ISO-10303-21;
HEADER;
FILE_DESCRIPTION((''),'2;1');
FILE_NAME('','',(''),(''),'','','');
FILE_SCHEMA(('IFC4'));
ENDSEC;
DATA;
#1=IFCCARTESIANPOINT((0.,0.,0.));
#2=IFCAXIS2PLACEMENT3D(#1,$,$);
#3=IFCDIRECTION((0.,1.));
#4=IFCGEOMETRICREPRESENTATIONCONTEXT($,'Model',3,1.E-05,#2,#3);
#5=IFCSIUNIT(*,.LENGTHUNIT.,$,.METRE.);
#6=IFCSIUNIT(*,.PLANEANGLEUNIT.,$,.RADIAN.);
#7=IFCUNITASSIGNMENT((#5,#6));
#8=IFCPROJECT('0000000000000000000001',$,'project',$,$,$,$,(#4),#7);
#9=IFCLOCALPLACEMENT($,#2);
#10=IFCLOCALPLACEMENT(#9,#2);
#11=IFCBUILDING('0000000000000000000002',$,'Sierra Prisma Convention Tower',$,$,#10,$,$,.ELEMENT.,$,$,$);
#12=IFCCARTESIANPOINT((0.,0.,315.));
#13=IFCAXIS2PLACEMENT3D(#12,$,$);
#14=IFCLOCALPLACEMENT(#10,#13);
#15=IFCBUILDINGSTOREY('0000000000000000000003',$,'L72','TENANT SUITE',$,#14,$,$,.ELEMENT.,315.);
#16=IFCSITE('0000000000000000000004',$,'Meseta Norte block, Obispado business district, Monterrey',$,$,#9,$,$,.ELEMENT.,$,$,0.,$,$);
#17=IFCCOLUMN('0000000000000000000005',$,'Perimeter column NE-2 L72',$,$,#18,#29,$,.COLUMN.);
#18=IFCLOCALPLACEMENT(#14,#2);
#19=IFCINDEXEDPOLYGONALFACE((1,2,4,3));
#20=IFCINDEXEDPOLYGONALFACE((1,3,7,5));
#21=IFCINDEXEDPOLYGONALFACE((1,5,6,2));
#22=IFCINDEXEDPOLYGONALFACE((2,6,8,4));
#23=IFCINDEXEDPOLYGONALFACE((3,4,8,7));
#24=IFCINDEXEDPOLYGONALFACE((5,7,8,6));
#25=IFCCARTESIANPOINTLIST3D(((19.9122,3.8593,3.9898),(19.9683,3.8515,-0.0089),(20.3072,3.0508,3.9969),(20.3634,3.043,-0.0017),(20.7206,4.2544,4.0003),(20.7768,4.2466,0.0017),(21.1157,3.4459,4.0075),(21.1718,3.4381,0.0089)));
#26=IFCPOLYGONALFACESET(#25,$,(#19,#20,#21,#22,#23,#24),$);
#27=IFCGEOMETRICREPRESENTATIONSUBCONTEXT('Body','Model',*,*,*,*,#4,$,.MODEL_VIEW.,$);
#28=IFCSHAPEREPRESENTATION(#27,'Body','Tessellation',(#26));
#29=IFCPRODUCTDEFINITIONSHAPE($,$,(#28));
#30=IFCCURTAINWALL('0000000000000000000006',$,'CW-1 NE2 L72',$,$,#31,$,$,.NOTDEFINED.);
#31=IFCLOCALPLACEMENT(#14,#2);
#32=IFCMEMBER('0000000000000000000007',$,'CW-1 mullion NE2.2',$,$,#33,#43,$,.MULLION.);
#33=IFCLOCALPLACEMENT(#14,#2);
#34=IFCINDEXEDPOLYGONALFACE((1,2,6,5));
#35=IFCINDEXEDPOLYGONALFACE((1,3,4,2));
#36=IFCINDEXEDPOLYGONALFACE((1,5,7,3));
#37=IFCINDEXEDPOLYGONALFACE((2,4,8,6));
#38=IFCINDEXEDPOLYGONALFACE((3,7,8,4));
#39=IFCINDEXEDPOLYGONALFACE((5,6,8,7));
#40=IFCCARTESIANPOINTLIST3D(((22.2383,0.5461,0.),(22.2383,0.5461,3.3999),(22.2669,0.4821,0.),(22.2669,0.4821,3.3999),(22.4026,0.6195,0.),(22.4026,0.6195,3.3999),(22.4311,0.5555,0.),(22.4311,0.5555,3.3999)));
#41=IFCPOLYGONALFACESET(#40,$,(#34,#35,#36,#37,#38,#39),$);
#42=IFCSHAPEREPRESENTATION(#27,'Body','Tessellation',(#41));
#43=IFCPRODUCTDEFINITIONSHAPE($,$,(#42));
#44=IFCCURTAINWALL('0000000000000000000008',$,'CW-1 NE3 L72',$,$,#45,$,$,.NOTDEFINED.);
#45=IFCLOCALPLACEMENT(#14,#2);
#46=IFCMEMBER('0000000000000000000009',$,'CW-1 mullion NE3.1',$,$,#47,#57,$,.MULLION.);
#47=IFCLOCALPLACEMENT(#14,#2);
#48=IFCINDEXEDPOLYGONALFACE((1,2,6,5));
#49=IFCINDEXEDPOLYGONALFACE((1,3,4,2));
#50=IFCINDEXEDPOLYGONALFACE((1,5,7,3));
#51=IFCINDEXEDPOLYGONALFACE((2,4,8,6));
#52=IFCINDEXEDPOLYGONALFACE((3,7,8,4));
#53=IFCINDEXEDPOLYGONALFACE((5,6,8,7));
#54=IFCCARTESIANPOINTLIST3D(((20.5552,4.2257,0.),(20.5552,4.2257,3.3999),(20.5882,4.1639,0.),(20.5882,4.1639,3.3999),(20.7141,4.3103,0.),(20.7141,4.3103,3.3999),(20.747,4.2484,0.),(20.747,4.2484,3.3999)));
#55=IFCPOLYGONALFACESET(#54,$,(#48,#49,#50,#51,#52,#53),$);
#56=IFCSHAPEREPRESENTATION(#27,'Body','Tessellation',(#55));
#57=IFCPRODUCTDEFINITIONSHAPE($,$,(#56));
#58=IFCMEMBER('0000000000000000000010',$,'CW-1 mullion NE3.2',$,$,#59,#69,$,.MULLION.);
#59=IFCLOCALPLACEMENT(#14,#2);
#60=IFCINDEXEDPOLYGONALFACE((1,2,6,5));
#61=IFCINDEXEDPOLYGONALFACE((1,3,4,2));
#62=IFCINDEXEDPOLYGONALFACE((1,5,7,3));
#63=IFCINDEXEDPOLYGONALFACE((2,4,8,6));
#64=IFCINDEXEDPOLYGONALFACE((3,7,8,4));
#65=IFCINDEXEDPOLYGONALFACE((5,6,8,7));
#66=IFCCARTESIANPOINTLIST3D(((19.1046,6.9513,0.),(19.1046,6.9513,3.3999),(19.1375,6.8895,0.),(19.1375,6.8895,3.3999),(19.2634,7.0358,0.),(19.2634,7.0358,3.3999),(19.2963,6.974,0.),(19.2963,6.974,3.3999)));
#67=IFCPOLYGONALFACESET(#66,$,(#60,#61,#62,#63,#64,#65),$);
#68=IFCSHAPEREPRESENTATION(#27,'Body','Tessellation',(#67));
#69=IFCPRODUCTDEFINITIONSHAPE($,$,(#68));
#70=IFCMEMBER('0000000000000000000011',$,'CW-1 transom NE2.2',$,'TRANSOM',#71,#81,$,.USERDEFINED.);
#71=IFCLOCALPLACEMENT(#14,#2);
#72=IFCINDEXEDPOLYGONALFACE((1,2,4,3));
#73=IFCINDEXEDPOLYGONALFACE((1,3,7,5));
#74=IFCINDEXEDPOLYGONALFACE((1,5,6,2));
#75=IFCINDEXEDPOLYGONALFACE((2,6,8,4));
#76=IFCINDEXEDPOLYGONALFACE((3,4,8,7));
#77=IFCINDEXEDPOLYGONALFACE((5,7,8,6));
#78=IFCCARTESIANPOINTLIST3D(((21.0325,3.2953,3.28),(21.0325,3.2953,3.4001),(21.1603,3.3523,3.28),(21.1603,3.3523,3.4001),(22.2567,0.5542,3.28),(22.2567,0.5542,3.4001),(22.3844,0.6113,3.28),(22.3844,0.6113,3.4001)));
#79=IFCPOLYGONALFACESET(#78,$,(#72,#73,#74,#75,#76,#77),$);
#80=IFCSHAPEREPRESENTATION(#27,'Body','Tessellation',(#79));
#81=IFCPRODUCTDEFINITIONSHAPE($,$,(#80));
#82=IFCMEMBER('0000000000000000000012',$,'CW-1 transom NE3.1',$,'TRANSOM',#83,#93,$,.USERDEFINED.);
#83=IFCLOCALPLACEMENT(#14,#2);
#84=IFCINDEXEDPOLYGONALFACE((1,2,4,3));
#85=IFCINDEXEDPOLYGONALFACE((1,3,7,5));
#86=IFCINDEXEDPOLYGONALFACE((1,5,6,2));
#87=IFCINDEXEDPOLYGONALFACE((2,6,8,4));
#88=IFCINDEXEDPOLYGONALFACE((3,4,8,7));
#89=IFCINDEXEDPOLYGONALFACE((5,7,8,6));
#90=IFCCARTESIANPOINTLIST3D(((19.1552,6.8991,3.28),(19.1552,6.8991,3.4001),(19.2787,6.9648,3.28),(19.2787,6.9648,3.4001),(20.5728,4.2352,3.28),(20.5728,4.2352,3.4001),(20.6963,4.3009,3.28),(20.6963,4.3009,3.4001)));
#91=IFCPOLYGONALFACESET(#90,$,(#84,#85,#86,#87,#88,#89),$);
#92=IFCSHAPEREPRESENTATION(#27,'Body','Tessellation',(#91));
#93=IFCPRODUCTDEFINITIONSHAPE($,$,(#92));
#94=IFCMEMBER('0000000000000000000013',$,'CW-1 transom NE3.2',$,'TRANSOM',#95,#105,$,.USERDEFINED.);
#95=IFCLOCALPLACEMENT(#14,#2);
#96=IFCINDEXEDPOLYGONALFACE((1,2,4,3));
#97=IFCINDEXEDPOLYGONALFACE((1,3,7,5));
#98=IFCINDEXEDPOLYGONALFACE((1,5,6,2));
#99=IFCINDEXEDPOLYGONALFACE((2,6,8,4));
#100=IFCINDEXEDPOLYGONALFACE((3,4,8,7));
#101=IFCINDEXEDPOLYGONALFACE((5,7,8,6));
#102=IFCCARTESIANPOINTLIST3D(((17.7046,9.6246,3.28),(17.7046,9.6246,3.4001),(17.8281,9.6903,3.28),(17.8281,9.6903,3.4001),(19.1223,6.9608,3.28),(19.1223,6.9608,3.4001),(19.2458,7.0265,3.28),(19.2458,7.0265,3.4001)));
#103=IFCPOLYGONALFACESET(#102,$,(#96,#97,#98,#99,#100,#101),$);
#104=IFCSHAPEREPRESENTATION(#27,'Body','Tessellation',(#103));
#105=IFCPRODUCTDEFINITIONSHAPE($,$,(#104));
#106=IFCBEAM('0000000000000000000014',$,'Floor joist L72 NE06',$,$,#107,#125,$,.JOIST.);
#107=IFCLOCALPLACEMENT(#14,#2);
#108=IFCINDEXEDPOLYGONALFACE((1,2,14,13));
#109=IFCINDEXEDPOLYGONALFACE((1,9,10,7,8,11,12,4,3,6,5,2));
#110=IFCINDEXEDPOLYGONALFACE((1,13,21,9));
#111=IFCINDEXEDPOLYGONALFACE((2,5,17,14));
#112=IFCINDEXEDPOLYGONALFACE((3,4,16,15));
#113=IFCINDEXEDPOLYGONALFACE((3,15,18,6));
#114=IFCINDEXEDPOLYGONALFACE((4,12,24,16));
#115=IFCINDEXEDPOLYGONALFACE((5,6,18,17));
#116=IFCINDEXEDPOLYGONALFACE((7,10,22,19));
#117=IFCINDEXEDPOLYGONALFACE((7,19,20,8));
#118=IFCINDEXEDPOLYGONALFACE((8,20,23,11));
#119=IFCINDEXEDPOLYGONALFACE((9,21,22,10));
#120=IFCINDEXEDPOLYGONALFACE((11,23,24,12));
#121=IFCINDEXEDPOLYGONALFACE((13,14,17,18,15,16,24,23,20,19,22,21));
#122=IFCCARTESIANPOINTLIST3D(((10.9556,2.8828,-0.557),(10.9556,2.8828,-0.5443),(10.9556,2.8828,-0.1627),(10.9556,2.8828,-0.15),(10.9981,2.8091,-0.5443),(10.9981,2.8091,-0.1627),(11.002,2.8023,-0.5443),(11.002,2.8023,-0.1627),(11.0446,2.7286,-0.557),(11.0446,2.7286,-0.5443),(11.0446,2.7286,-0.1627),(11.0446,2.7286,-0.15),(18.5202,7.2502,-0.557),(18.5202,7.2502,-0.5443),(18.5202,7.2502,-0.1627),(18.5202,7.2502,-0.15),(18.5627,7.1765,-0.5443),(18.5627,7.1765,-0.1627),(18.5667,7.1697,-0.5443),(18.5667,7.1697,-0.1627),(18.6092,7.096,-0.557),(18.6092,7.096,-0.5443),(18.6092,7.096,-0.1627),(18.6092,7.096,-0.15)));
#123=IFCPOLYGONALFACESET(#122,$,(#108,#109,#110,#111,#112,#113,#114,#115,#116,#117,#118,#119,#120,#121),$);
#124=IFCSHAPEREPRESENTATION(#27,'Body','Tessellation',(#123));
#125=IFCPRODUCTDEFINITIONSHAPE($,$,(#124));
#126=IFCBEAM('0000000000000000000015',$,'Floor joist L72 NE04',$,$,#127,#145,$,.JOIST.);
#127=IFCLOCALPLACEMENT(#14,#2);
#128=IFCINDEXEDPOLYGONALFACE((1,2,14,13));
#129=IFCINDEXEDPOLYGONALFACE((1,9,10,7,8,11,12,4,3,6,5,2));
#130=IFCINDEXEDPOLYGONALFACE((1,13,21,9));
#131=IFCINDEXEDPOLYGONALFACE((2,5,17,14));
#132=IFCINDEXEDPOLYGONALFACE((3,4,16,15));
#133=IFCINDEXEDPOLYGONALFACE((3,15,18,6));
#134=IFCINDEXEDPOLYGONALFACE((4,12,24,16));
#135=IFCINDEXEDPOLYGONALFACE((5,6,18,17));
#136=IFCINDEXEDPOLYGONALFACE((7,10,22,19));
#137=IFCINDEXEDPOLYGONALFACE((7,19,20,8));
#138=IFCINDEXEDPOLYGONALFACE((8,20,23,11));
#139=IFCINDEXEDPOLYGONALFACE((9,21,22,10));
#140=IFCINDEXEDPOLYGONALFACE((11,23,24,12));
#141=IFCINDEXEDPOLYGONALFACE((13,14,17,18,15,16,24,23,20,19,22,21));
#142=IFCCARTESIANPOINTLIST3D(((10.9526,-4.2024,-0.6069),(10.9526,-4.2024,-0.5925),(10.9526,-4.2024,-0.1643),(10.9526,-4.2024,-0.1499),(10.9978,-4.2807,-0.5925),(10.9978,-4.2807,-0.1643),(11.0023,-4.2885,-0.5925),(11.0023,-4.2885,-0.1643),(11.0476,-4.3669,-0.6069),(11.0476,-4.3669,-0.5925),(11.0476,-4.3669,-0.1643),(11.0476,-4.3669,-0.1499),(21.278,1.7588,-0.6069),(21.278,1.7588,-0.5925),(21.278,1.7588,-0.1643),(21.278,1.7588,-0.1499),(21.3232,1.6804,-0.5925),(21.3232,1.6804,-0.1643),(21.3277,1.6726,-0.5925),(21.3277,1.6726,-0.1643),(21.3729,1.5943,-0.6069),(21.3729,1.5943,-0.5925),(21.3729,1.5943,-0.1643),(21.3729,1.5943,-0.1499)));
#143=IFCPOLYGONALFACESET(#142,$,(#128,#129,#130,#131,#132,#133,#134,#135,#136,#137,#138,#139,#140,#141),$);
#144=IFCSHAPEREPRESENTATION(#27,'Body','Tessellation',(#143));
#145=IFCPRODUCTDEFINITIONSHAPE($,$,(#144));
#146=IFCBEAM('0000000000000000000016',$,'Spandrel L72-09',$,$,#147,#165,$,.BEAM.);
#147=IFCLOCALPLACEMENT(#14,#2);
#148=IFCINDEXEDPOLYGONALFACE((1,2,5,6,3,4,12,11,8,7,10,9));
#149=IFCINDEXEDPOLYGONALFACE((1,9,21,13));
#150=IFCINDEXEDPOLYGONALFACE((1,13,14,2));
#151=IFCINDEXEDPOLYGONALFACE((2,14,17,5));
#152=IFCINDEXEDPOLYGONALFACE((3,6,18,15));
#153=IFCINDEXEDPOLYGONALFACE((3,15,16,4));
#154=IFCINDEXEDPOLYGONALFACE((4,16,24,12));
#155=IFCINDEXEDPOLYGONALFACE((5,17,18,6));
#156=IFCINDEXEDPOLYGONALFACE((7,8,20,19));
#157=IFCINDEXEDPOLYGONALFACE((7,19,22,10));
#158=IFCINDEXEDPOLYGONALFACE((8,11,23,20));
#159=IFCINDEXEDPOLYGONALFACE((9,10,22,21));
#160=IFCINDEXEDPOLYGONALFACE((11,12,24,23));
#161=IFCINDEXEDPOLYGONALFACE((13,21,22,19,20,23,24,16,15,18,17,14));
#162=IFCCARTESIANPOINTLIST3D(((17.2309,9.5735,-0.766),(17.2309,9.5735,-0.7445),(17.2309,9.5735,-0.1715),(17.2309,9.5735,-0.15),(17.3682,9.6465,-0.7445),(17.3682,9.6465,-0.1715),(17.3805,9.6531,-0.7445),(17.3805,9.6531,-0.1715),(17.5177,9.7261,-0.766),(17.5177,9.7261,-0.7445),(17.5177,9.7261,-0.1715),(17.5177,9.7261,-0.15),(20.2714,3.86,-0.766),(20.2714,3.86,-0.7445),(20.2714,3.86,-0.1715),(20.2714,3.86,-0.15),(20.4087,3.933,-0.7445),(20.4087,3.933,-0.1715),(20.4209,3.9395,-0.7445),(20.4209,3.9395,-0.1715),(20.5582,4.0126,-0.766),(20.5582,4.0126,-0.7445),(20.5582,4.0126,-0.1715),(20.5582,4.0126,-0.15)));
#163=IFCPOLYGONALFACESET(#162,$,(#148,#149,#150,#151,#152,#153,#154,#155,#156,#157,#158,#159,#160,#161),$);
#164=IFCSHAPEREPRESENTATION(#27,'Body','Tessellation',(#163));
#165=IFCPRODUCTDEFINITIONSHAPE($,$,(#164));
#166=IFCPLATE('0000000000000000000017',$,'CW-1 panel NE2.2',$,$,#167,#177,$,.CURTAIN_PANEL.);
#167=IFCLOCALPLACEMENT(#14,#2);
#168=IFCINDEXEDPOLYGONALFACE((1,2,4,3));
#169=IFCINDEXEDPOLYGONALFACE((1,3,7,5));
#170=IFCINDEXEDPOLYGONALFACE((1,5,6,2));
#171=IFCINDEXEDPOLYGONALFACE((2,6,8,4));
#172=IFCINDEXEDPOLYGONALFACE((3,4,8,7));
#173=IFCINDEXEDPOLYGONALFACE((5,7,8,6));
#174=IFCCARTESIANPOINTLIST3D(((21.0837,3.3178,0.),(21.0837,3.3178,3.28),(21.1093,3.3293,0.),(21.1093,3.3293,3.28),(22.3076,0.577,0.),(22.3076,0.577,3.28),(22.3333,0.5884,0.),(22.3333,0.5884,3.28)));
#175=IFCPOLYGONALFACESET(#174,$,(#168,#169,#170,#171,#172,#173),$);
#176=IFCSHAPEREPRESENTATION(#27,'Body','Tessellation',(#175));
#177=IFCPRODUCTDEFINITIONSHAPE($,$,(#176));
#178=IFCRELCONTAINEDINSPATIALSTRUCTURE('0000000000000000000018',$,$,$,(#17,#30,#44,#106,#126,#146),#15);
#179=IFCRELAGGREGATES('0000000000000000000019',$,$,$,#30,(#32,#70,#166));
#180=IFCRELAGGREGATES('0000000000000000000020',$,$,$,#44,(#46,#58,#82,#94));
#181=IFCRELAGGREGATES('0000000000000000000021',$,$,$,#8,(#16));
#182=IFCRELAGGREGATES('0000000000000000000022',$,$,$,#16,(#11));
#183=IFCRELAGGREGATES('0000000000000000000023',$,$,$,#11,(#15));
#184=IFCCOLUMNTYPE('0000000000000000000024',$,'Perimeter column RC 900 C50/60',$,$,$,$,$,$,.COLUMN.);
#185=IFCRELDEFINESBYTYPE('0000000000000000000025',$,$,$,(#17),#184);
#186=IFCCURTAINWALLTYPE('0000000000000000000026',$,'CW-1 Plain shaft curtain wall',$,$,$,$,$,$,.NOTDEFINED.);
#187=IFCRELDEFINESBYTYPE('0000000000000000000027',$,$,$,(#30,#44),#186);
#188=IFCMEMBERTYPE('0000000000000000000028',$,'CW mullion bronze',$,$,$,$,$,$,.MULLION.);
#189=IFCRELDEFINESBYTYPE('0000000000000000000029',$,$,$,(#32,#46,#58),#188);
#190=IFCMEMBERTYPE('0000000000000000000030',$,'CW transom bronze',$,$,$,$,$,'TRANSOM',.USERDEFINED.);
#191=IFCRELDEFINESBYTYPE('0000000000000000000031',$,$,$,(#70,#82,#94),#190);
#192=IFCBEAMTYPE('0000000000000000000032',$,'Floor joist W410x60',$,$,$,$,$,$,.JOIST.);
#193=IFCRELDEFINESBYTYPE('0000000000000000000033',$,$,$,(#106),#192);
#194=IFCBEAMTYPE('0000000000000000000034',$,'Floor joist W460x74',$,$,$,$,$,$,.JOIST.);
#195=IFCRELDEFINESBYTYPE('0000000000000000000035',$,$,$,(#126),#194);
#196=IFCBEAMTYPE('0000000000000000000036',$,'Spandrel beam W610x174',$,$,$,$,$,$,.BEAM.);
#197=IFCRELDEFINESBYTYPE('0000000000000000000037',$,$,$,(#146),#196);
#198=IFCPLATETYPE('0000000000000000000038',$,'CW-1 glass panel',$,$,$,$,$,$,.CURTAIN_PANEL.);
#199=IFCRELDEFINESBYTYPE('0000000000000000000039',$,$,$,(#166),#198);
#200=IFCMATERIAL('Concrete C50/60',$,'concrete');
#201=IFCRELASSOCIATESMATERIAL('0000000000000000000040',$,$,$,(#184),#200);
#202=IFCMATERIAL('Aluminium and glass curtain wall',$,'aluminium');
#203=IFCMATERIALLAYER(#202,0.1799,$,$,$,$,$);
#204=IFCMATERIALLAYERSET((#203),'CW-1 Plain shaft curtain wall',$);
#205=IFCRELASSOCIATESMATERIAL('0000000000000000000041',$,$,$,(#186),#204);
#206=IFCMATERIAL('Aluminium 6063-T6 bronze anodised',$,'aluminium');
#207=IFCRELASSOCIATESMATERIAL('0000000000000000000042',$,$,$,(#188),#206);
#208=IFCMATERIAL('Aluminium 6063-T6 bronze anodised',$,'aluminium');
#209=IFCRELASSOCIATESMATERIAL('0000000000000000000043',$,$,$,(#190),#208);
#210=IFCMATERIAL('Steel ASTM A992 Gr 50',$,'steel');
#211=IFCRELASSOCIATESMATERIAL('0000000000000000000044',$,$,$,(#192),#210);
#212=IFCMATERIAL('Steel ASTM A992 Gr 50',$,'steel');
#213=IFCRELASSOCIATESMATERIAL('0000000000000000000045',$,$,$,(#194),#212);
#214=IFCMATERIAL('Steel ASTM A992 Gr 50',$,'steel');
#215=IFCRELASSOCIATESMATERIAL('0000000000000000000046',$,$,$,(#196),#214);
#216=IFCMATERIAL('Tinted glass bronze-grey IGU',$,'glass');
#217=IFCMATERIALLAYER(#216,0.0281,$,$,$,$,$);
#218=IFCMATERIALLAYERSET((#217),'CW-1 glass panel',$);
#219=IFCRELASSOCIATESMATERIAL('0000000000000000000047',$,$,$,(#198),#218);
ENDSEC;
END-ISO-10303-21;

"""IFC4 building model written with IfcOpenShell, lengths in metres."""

from ifc_helpers import new_model, si_unit, direction, frame, origin, origin_2d, place, context, subcontext, project, spatial, rectangle, i_section, extrude, clip, halfspace, material, layer, layer_set, material_profile, profile_set, type_object, element, aggregate, save


model = new_model("IFC4")

# Units and contexts
model_context = context("Model", 3, precision=1e-05, world=origin(), true_north=direction((0.0, 1.0)))
body_context = subcontext(model_context, "Body", "Model", "MODEL_VIEW")
ifc_project = project(units=[si_unit("LENGTHUNIT", "METRE"), si_unit("PLANEANGLEUNIT", "RADIAN")], contexts=[model_context])

# Site, building, storey
site_placement = place(None, origin())
site = spatial("IfcSite", under=ifc_project, at=site_placement, Name="Meseta Norte block, Obispado business district, Monterrey", CompositionType="ELEMENT", RefElevation=0.0)
building_placement = place(site_placement, origin())
building = spatial("IfcBuilding", under=site, at=building_placement, Name="Sierra Prisma Convention Tower", CompositionType="ELEMENT")
storey_placement = place(building_placement, frame((0.0, 0.0, 315.0)))
storey = spatial("IfcBuildingStorey", under=building, at=storey_placement, Name="L72", Description="TENANT SUITE", CompositionType="ELEMENT", Elevation=315.0)

# Column
ifc_material_1 = material(Name="Concrete C50/60", Category="concrete")
ifc_material_profile_1 = material_profile(ifc_material_1, rectangle(XDim=0.8999, YDim=0.8999, at=origin_2d()), Name="Perimeter column RC 900 C50/60")
ifc_profile_set_1 = profile_set([ifc_material_profile_1], Name="Concrete C50/60")
column_type = type_object("IfcColumnType", Name="Perimeter column RC 900 C50/60", PredefinedType="COLUMN", material=ifc_profile_set_1)
column_placement = place(storey_placement, frame((20.5701, 3.6448, 0.0), z_axis=(-0.014037, 0.001953, 0.9999), x_axis=(-0.438991, 0.898456, -0.007917)))
element("IfcColumn", 1, at=column_placement, inside=storey, type_object=column_type, Name="Perimeter column NE-2 L72", PredefinedType="COLUMN", context=body_context, shape_type="SweptSolid", body=[
    clip(extrude(rectangle(XDim=0.8999, YDim=0.8999, at=origin_2d()), origin(), (0.0, 0.0, 1.0), 4.0005), halfspace(frame((0.0, 0.0, 3.999)), False)),
])

# Curtain wall, member
ifc_material_2 = material(Name="Aluminium and glass curtain wall", Category="aluminium")
ifc_layer_1 = layer(ifc_material_2, 0.1799)
ifc_layer_set_1 = layer_set([ifc_layer_1], Name="CW-1 Plain shaft curtain wall")
curtain_wall_type = type_object("IfcCurtainWallType", Name="CW-1 Plain shaft curtain wall", PredefinedType="NOTDEFINED", material=ifc_layer_set_1)
curtain_wall_1_placement = place(storey_placement, origin())
curtain_wall_1 = element("IfcCurtainWall", 2, at=curtain_wall_1_placement, inside=storey, type_object=curtain_wall_type, Name="CW-1 NE2 L72", PredefinedType="NOTDEFINED")
ifc_material_3 = material(Name="Aluminium 6063-T6 bronze anodised", Category="aluminium")
ifc_material_profile_2 = material_profile(ifc_material_3, rectangle(XDim=0.1799, YDim=0.0701, at=origin_2d()), Name="ALU MULLION 70x180")
ifc_profile_set_2 = profile_set([ifc_material_profile_2], Name="Aluminium 6063-T6 bronze anodised")
member_type_1 = type_object("IfcMemberType", Name="CW mullion bronze", PredefinedType="MULLION", material=ifc_profile_set_2)
member_1_placement = place(storey_placement, frame((22.3347, 0.5508, 0.0), z_axis=(0.0, 0.0, 1.0), x_axis=(-0.913095, -0.407747, 0.0)))
member_1 = element("IfcMember", 3, at=member_1_placement, type_object=member_type_1, Name="CW-1 mullion NE2.2", PredefinedType="MULLION", context=body_context, shape_type="SweptSolid", body=[
    extrude(rectangle(XDim=0.1799, YDim=0.0701, at=origin_2d()), origin(), (0.0, 0.0, 1.0), 3.3999),
])

# Curtain wall, members
curtain_wall_2_placement = place(storey_placement, origin())
curtain_wall_2 = element("IfcCurtainWall", 4, at=curtain_wall_2_placement, inside=storey, type_object=curtain_wall_type, Name="CW-1 NE3 L72", PredefinedType="NOTDEFINED")
member_2_placement = place(storey_placement, frame((20.6511, 4.2371, 0.0), z_axis=(0.0, 0.0, 1.0), x_axis=(-0.882774, -0.469797, 0.0)))
member_2 = element("IfcMember", 5, at=member_2_placement, type_object=member_type_1, Name="CW-1 mullion NE3.1", PredefinedType="MULLION", context=body_context, shape_type="SweptSolid", body=[
    extrude(rectangle(XDim=0.1799, YDim=0.0701, at=origin_2d()), origin(), (0.0, 0.0, 1.0), 3.3999),
])
member_3_placement = place(storey_placement, frame((19.2004, 6.9626, 0.0), z_axis=(0.0, 0.0, 1.0), x_axis=(-0.882774, -0.469797, 0.0)))
member_3 = element("IfcMember", 6, at=member_3_placement, type_object=member_type_1, Name="CW-1 mullion NE3.2", PredefinedType="MULLION", context=body_context, shape_type="SweptSolid", body=[
    extrude(rectangle(XDim=0.1799, YDim=0.0701, at=origin_2d()), origin(), (0.0, 0.0, 1.0), 3.3999),
])

# Members
ifc_material_4 = material(Name="Aluminium 6063-T6 bronze anodised", Category="aluminium")
ifc_material_profile_3 = material_profile(ifc_material_4, rectangle(XDim=0.1399, YDim=0.1201, at=origin_2d()), Name="ALU TRANSOM 120x140")
ifc_profile_set_3 = profile_set([ifc_material_profile_3], Name="Aluminium 6063-T6 bronze anodised")
member_type_2 = type_object("IfcMemberType", Name="CW transom bronze", ElementType="TRANSOM", PredefinedType="USERDEFINED", material=ifc_profile_set_3)
member_4_placement = place(storey_placement, frame((22.3206, 0.5828, 3.3401), z_axis=(-0.407783, 0.913079, 0.0), x_axis=(-0.913079, -0.407783, 0.0)))
member_4 = element("IfcMember", 7, at=member_4_placement, type_object=member_type_2, Name="CW-1 transom NE2.2", ObjectType="TRANSOM", PredefinedType="USERDEFINED", context=body_context, shape_type="SweptSolid", body=[
    extrude(rectangle(XDim=0.1399, YDim=0.1201, at=origin_2d()), origin(), (0.0, 0.0, 1.0), 3.002),
])
member_5_placement = place(storey_placement, frame((20.6345, 4.2681, 3.3401), z_axis=(-0.469757, 0.882796, 0.0), x_axis=(-0.882796, -0.469757, 0.0)))
member_5 = element("IfcMember", 8, at=member_5_placement, type_object=member_type_2, Name="CW-1 transom NE3.1", ObjectType="TRANSOM", PredefinedType="USERDEFINED", context=body_context, shape_type="SweptSolid", body=[
    extrude(rectangle(XDim=0.1399, YDim=0.1201, at=origin_2d()), origin(), (0.0, 0.0, 1.0), 3.0176),
])
member_6_placement = place(storey_placement, frame((19.1841, 6.9937, 3.3401), z_axis=(-0.46982, 0.882762, 0.0), x_axis=(-0.882762, -0.46982, 0.0)))
member_6 = element("IfcMember", 9, at=member_6_placement, type_object=member_type_2, Name="CW-1 transom NE3.2", ObjectType="TRANSOM", PredefinedType="USERDEFINED", context=body_context, shape_type="SweptSolid", body=[
    extrude(rectangle(XDim=0.1399, YDim=0.1201, at=origin_2d()), origin(), (0.0, 0.0, 1.0), 3.0176),
])

# Beams
ifc_material_5 = material(Name="Steel ASTM A992 Gr 50", Category="steel")
ifc_material_profile_4 = material_profile(ifc_material_5, i_section(OverallWidth=0.178, OverallDepth=0.407, WebThickness=0.0078, FlangeThickness=0.0127, at=origin_2d()), Name="W410x60")
ifc_profile_set_4 = profile_set([ifc_material_profile_4], Name="Steel ASTM A992 Gr 50")
beam_type_1 = type_object("IfcBeamType", Name="Floor joist W410x60", PredefinedType="JOIST", material=ifc_profile_set_4)
beam_1_placement = place(storey_placement, frame((18.5647, 7.1731, -0.3535), z_axis=(-0.866028, -0.499996, 0.0), x_axis=(0.499996, -0.866028, 0.0)))
element("IfcBeam", 10, at=beam_1_placement, inside=storey, type_object=beam_type_1, Name="Floor joist L72 NE06", PredefinedType="JOIST", context=body_context, shape_type="SweptSolid", body=[
    extrude(i_section(OverallWidth=0.178, OverallDepth=0.407, WebThickness=0.0078, FlangeThickness=0.0127, at=origin_2d()), origin(), (0.0, 0.0, 1.0), 8.7349),
])
ifc_material_6 = material(Name="Steel ASTM A992 Gr 50", Category="steel")
ifc_material_profile_5 = material_profile(ifc_material_6, i_section(OverallWidth=0.1899, OverallDepth=0.457, WebThickness=0.009, FlangeThickness=0.0144, at=origin_2d()), Name="W460x74")
ifc_profile_set_5 = profile_set([ifc_material_profile_5], Name="Steel ASTM A992 Gr 50")
beam_type_2 = type_object("IfcBeamType", Name="Floor joist W460x74", PredefinedType="JOIST", material=ifc_profile_set_5)
beam_2_placement = place(storey_placement, frame((21.3254, 1.6765, -0.3784), z_axis=(-0.866033, -0.499987, 0.0), x_axis=(0.499987, -0.866033, 0.0)))
element("IfcBeam", 11, at=beam_2_placement, inside=storey, type_object=beam_type_2, Name="Floor joist L72 NE04", PredefinedType="JOIST", context=body_context, shape_type="SweptSolid", body=[
    extrude(i_section(OverallWidth=0.1899, OverallDepth=0.457, WebThickness=0.009, FlangeThickness=0.0144, at=origin_2d()), origin(), (0.0, 0.0, 1.0), 11.9226),
])
ifc_material_7 = material(Name="Steel ASTM A992 Gr 50", Category="steel")
ifc_material_profile_6 = material_profile(ifc_material_7, i_section(OverallWidth=0.325, OverallDepth=0.616, WebThickness=0.0139, FlangeThickness=0.0215, at=origin_2d()), Name="W610x174")
ifc_profile_set_6 = profile_set([ifc_material_profile_6], Name="Steel ASTM A992 Gr 50")
beam_type_3 = type_object("IfcBeamType", Name="Spandrel beam W610x174", PredefinedType="BEAM", material=ifc_profile_set_6)
beam_3_placement = place(storey_placement, frame((20.4148, 3.9363, -0.458), z_axis=(-0.469777, 0.882785, 0.0), x_axis=(-0.882785, -0.469777, 0.0)))
element("IfcBeam", 12, at=beam_3_placement, inside=storey, type_object=beam_type_3, Name="Spandrel L72-09", PredefinedType="BEAM", context=body_context, shape_type="SweptSolid", body=[
    extrude(i_section(OverallWidth=0.325, OverallDepth=0.616, WebThickness=0.0139, FlangeThickness=0.0215, at=origin_2d()), origin(), (0.0, 0.0, 1.0), 6.4722),
])

# Plate
ifc_material_8 = material(Name="Tinted glass bronze-grey IGU", Category="glass")
ifc_layer_2 = layer(ifc_material_8, 0.0281)
ifc_layer_set_2 = layer_set([ifc_layer_2], Name="CW-1 glass panel")
plate_type = type_object("IfcPlateType", Name="CW-1 glass panel", PredefinedType="CURTAIN_PANEL", material=ifc_layer_set_2)
plate_1_placement = place(storey_placement, frame((21.7085, 1.9531, 0.0), z_axis=(0.0, 0.0, 1.0), x_axis=(-0.407747, 0.913095, 0.0)))
plate_1 = element("IfcPlate", 13, at=plate_1_placement, type_object=plate_type, Name="CW-1 panel NE2.2", PredefinedType="CURTAIN_PANEL", context=body_context, shape_type="SweptSolid", body=[
    extrude(rectangle(XDim=3.0017, YDim=0.0281, at=origin_2d()), origin(), (0.0, 0.0, 1.0), 3.28),
])
aggregate(curtain_wall_1, [member_1, member_4, plate_1])
aggregate(curtain_wall_2, [member_2, member_3, member_5, member_6])

save(model, "model.ifc")
